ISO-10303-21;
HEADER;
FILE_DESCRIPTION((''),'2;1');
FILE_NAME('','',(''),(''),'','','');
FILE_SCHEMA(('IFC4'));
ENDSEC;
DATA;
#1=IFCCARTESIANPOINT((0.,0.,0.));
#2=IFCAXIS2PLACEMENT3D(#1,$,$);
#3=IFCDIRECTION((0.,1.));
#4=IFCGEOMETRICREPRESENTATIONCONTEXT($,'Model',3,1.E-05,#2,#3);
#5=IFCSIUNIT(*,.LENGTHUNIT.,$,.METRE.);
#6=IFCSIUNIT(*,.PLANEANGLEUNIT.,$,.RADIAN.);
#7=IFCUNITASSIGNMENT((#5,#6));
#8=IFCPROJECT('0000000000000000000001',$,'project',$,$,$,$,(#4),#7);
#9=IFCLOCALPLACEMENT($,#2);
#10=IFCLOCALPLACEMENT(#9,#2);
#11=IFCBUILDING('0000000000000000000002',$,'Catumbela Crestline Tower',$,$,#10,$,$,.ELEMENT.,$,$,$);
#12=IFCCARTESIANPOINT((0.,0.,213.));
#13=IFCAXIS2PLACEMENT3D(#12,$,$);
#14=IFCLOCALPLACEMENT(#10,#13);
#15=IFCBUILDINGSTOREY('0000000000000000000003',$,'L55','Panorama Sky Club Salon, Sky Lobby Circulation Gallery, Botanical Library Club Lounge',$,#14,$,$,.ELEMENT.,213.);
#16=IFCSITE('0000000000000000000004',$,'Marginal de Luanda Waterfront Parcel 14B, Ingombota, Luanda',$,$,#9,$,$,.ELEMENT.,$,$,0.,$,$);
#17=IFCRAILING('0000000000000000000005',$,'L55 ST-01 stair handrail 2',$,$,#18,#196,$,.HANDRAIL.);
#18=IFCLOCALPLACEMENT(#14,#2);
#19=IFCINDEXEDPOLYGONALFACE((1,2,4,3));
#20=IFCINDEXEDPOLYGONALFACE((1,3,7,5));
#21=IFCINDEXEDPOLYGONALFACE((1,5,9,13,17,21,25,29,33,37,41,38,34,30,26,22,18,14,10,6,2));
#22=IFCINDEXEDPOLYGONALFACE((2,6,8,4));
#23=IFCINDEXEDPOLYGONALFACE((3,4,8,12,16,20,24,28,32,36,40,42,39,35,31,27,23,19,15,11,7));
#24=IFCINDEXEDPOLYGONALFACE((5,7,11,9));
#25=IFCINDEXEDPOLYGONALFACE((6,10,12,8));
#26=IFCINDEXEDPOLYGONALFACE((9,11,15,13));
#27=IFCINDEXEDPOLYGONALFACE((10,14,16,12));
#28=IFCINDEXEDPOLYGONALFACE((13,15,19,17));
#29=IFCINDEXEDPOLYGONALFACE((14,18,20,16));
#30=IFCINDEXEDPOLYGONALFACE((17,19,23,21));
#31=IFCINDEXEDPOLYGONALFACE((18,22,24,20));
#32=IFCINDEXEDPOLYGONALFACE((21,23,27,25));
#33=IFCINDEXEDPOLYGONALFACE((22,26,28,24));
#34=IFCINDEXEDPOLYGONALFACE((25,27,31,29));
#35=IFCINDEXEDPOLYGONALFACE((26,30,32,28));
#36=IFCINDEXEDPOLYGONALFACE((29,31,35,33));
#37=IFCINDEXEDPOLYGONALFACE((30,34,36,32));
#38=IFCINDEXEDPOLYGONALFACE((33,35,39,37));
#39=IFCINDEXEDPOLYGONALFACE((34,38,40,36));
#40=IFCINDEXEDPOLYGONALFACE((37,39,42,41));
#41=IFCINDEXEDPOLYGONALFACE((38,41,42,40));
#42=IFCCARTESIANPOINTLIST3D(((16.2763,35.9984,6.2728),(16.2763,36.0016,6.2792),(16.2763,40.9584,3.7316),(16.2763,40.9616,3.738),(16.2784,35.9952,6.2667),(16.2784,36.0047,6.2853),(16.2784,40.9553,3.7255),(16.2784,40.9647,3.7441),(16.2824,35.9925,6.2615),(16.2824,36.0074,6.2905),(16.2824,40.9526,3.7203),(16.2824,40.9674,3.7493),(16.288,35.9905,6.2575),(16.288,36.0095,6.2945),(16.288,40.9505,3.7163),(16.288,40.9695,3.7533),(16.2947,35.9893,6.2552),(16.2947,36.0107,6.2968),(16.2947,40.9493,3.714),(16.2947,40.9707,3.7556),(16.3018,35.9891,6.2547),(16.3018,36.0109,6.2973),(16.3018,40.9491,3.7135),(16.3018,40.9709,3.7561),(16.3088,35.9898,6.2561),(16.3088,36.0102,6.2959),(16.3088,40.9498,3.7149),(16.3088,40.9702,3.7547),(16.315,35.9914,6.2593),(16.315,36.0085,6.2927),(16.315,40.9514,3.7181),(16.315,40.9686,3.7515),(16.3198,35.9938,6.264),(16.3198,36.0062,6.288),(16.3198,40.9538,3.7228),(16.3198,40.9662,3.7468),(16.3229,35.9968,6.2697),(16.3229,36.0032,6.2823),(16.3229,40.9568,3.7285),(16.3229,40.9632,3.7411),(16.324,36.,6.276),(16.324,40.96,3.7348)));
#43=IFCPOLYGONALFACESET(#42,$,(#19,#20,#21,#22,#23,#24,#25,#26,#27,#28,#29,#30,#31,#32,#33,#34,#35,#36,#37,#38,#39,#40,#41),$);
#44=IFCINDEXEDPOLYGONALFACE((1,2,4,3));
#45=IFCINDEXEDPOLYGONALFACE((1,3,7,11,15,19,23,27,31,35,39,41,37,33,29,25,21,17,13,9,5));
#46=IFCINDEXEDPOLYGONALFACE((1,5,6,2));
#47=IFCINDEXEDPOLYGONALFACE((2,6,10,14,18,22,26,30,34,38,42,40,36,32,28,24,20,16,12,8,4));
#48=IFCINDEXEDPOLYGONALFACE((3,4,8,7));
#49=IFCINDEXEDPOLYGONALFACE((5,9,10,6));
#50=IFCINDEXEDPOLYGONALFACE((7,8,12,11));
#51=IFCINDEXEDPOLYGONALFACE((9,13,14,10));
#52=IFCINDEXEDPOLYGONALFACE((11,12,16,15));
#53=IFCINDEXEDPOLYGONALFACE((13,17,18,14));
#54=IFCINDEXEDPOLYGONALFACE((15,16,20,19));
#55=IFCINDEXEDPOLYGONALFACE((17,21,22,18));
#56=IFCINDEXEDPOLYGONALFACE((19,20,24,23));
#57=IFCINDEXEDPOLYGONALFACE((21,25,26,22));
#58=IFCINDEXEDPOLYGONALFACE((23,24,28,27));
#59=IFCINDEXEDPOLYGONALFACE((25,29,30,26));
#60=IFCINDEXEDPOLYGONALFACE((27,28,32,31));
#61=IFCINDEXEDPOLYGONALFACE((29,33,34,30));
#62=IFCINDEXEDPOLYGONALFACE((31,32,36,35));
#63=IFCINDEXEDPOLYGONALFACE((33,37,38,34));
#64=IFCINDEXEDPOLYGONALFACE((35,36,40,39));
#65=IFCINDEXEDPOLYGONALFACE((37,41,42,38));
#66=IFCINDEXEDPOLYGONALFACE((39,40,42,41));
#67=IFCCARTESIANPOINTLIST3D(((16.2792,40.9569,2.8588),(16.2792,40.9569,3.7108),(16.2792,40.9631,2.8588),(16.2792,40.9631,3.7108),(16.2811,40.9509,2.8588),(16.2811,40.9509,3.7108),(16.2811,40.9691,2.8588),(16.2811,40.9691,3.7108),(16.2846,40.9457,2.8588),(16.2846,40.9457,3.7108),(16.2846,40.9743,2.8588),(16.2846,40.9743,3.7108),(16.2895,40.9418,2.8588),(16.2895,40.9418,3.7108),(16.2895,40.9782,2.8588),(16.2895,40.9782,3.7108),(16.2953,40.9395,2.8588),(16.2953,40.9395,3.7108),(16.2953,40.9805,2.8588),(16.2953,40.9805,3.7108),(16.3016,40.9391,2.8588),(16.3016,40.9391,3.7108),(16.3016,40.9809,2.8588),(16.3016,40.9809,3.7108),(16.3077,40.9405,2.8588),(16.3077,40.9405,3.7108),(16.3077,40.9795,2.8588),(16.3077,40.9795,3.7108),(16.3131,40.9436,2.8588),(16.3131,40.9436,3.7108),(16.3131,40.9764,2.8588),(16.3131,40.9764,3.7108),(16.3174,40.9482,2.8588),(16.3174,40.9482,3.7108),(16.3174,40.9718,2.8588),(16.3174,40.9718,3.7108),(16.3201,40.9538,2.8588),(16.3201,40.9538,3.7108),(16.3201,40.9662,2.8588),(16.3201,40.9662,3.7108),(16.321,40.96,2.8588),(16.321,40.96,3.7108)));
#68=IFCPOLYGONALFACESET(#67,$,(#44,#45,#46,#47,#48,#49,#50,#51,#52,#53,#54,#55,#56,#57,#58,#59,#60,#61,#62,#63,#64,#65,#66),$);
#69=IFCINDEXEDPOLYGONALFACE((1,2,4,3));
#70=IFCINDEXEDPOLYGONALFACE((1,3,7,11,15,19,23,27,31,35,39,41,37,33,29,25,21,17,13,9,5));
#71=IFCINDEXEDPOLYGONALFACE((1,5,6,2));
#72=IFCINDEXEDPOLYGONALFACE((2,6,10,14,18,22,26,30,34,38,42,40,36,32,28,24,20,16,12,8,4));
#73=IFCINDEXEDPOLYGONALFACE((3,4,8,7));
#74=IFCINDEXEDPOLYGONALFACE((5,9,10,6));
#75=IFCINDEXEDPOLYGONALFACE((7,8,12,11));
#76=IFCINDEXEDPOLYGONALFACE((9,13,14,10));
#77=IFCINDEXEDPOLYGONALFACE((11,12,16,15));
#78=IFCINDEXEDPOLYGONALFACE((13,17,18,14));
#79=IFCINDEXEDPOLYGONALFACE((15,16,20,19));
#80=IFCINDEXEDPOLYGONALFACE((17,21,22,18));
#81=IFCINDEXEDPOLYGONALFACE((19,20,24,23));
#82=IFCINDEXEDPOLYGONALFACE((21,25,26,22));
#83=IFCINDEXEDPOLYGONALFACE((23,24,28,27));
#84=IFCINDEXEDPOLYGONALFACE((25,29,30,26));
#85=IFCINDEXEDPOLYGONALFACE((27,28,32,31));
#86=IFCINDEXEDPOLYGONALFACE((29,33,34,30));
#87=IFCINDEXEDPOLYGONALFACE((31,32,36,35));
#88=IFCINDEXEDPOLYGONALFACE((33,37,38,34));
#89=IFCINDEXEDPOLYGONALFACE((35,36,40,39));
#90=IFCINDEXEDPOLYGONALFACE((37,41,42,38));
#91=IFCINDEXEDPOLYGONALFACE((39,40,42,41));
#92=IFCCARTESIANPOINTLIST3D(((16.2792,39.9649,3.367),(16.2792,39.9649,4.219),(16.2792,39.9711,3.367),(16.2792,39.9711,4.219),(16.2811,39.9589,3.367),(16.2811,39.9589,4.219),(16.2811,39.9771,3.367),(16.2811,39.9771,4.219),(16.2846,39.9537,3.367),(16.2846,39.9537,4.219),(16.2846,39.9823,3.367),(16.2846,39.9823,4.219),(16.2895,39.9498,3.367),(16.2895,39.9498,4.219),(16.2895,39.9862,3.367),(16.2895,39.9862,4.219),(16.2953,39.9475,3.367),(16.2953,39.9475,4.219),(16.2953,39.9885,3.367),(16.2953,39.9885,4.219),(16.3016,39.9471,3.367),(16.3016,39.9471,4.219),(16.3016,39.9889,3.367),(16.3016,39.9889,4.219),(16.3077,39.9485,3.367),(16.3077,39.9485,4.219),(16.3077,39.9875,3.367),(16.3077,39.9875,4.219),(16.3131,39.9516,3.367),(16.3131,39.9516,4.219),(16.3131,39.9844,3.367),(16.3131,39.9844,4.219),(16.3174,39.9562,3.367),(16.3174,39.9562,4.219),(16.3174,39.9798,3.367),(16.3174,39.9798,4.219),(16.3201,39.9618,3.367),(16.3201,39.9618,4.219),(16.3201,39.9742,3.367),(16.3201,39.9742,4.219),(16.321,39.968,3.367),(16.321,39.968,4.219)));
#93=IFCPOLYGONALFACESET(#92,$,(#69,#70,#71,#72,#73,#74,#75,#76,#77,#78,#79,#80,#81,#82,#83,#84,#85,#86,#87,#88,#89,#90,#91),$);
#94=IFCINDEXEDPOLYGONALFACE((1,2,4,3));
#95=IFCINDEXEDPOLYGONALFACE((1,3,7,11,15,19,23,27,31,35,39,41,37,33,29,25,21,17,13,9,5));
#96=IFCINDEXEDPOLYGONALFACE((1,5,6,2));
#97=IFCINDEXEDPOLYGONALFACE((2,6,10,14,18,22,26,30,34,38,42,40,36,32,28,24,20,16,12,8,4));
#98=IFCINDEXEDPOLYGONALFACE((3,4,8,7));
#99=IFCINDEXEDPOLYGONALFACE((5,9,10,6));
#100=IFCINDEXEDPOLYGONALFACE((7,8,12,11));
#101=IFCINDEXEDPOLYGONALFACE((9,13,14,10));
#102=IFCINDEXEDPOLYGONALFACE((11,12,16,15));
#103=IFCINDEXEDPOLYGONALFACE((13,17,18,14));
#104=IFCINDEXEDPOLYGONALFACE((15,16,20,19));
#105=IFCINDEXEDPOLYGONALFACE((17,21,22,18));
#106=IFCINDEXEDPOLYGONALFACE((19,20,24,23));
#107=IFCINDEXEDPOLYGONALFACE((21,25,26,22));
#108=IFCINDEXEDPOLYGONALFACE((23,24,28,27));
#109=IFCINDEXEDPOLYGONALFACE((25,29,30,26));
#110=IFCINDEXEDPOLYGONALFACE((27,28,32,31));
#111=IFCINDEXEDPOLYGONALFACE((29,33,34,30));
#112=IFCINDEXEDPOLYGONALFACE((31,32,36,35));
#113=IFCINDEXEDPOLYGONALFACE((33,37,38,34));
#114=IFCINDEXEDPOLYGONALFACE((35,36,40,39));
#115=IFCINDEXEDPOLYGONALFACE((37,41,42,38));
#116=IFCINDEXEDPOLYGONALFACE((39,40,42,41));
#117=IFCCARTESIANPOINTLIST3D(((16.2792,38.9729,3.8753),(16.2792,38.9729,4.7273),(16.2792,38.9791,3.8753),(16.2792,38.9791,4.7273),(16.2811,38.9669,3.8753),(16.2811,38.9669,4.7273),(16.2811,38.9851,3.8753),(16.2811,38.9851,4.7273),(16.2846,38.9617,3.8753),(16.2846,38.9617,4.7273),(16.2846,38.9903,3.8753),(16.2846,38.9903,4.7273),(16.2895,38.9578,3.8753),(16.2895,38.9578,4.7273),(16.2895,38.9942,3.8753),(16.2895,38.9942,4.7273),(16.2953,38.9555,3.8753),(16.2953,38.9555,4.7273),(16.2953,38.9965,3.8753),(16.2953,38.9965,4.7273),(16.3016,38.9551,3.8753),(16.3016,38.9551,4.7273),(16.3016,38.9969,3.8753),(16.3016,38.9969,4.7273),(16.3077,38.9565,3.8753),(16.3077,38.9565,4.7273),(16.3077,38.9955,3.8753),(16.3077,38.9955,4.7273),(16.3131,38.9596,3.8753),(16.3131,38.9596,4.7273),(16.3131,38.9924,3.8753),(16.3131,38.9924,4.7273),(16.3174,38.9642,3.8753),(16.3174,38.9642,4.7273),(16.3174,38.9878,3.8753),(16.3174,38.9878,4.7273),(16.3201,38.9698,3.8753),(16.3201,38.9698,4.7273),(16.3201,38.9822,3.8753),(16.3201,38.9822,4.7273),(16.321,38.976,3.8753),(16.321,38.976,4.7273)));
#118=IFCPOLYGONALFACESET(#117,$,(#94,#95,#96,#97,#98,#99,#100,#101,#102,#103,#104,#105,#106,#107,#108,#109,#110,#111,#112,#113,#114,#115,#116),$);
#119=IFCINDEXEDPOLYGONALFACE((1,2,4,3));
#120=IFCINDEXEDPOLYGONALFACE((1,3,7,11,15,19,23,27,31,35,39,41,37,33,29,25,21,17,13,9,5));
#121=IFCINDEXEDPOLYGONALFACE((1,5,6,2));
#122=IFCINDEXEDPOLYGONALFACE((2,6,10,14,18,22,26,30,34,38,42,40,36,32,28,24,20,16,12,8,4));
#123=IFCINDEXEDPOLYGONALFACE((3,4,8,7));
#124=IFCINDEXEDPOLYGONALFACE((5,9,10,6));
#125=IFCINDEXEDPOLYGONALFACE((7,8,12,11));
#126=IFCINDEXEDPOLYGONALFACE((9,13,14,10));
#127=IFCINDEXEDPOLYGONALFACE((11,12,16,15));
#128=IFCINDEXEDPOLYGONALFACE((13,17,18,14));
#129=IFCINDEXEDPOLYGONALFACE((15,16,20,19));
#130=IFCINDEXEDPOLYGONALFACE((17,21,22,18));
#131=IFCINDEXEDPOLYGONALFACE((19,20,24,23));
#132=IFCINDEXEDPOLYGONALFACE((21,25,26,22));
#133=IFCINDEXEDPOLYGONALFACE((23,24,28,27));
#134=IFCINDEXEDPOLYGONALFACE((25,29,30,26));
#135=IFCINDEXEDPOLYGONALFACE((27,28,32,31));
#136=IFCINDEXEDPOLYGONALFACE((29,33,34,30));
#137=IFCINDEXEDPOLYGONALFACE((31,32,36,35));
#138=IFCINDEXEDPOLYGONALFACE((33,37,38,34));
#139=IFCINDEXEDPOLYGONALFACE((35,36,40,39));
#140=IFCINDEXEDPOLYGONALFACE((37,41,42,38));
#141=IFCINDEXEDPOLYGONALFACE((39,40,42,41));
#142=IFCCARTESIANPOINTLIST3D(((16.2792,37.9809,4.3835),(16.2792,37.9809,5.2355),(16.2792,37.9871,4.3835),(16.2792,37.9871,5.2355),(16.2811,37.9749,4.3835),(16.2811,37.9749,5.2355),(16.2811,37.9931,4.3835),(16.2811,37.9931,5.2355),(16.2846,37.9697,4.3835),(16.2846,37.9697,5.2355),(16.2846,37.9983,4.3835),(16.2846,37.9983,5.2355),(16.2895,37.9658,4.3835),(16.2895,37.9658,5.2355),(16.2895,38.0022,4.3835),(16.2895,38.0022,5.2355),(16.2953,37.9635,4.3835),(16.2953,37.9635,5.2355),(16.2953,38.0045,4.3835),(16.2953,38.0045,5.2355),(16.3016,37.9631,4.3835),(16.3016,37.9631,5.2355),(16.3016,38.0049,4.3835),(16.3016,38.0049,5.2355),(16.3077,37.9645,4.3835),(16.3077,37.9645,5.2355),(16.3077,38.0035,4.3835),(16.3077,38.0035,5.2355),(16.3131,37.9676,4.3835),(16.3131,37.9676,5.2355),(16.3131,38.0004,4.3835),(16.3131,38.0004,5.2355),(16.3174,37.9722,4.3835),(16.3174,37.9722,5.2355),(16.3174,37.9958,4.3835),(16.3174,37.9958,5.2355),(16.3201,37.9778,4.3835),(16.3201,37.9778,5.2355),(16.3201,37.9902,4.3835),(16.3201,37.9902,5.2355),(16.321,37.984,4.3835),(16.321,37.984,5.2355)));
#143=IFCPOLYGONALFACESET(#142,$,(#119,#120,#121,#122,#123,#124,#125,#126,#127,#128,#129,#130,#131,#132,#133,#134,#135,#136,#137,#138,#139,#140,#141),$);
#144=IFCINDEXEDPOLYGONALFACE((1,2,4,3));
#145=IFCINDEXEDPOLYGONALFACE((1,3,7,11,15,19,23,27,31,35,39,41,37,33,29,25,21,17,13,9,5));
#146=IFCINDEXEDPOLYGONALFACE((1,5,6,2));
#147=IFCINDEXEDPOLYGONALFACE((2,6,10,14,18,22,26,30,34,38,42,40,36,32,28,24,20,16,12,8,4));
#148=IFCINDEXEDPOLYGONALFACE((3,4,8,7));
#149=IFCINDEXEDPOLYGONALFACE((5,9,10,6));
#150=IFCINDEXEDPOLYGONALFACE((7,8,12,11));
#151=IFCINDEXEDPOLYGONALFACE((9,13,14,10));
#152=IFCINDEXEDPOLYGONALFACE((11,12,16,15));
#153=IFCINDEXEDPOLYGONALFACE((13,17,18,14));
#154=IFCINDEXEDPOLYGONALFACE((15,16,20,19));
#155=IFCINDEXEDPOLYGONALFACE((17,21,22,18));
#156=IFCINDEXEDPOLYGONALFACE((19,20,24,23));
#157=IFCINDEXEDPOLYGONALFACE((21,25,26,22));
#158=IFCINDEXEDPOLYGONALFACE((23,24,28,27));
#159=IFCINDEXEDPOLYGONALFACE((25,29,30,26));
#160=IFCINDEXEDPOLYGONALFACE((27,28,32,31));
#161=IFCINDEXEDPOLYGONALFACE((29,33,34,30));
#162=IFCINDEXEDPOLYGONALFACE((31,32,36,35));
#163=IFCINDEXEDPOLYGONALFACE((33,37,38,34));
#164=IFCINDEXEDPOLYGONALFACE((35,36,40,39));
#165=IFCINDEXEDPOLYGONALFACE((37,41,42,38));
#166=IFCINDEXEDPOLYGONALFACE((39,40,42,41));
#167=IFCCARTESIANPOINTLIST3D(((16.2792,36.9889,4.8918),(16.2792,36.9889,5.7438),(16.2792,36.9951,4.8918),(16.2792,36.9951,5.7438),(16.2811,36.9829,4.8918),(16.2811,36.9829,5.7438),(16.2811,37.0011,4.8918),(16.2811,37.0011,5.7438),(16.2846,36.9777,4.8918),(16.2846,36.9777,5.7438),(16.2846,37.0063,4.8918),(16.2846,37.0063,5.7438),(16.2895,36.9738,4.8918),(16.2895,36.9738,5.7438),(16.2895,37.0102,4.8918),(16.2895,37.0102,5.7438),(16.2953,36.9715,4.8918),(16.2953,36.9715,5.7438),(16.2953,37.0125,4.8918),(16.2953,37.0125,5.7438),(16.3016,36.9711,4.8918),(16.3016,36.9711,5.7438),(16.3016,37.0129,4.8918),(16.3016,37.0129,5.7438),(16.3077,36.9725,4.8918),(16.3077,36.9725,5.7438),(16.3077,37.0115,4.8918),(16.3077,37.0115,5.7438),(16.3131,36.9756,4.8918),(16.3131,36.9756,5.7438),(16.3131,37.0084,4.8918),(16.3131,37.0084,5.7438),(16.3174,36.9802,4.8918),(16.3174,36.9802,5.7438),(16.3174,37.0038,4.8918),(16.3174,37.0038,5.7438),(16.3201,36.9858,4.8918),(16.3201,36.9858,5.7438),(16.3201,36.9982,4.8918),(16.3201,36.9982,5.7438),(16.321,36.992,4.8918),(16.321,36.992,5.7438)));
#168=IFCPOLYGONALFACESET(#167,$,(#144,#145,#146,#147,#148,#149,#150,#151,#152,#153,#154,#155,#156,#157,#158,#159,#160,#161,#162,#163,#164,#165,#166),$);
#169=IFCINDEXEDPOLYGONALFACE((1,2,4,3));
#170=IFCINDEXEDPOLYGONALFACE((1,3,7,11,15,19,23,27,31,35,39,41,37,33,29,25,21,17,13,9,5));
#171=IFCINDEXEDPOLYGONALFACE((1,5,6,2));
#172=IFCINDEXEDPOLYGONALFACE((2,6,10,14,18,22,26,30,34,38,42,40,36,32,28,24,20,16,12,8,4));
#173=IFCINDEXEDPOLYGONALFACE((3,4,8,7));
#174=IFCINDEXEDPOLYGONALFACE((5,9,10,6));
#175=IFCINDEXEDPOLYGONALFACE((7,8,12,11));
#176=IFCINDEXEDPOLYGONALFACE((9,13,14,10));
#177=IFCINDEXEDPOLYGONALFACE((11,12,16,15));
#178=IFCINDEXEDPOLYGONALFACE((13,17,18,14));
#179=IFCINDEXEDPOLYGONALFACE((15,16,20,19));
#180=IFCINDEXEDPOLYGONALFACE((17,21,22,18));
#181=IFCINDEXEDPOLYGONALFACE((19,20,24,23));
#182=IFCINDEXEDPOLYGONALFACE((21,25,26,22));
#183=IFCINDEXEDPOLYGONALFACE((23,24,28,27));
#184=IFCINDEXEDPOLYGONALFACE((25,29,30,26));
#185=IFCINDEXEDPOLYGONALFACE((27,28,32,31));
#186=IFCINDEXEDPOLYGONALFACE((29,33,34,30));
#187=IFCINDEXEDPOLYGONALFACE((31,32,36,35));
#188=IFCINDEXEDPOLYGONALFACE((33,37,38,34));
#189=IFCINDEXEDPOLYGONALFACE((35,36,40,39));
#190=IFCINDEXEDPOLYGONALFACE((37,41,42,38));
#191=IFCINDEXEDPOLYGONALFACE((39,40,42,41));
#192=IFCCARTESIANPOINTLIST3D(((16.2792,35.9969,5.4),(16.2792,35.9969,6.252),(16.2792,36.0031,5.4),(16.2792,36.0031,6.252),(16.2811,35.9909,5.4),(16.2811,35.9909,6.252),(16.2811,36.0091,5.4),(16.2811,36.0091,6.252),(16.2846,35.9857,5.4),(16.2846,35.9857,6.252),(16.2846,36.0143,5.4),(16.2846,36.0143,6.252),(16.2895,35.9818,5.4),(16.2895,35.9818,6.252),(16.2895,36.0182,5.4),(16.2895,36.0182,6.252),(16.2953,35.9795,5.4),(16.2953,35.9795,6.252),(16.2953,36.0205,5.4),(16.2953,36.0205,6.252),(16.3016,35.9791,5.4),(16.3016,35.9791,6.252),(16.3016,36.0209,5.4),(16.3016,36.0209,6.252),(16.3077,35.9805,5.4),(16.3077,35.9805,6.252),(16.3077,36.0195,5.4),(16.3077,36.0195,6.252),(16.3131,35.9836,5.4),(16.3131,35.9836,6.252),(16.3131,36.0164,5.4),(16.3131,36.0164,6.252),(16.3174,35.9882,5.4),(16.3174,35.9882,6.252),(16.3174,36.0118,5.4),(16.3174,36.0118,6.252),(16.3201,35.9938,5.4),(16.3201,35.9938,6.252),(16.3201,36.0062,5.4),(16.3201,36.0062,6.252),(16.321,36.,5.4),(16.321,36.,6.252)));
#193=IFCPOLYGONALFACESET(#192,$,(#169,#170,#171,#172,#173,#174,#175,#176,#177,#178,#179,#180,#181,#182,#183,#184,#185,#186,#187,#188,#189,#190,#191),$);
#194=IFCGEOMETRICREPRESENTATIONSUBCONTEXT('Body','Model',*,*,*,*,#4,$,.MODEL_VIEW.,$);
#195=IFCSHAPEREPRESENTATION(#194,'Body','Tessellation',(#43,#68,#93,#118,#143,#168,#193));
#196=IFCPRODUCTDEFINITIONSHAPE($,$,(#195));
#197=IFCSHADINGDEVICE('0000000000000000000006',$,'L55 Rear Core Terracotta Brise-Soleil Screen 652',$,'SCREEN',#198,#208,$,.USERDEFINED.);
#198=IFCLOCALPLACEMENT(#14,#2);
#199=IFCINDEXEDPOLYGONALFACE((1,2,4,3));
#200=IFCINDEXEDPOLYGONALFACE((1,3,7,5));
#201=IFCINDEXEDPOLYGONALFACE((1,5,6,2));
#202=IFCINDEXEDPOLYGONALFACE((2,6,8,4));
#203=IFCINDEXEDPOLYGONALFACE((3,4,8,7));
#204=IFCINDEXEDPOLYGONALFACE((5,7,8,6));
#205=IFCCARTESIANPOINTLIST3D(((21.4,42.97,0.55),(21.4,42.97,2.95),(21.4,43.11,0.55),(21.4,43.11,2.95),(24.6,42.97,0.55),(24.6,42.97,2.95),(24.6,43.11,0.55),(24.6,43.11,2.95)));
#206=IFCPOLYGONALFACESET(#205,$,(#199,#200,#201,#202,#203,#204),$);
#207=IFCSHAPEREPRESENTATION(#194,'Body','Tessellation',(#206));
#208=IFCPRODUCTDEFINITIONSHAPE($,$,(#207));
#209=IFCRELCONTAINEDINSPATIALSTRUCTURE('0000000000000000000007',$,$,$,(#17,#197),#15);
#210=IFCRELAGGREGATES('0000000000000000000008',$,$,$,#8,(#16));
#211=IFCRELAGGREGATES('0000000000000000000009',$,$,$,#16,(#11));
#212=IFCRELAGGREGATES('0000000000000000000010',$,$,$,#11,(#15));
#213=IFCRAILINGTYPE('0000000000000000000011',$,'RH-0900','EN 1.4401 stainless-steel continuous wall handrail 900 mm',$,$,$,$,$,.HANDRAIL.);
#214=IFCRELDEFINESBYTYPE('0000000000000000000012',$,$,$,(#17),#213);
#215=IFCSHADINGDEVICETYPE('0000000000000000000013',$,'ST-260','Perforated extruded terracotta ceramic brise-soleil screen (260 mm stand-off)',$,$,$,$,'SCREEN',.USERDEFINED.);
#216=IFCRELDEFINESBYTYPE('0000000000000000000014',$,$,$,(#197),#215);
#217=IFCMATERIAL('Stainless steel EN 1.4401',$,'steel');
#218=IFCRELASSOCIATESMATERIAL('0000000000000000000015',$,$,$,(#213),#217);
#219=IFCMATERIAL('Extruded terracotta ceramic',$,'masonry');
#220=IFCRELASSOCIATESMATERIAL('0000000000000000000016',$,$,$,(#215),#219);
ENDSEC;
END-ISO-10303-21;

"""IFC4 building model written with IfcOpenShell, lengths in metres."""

from ifc_helpers import new_model, si_unit, direction, frame, origin, origin_2d, place, context, subcontext, project, spatial, rectangle, circle, extrude, material, type_object, element, save


model = new_model("IFC4")

# Units and contexts
model_context = context("Model", 3, precision=1e-05, world=origin(), true_north=direction((0.0, 1.0)))
body_context = subcontext(model_context, "Body", "Model", "MODEL_VIEW")
ifc_project = project(units=[si_unit("LENGTHUNIT", "METRE"), si_unit("PLANEANGLEUNIT", "RADIAN")], contexts=[model_context])

# Site, building, storey
site_placement = place(None, origin())
site = spatial("IfcSite", under=ifc_project, at=site_placement, Name="Marginal de Luanda Waterfront Parcel 14B, Ingombota, Luanda", CompositionType="ELEMENT", RefElevation=0.0)
building_placement = place(site_placement, origin())
building = spatial("IfcBuilding", under=site, at=building_placement, Name="Catumbela Crestline Tower", CompositionType="ELEMENT")
storey_placement = place(building_placement, frame((0.0, 0.0, 213.0)))
storey = spatial("IfcBuildingStorey", under=building, at=storey_placement, Name="L55", Description="Panorama Sky Club Salon, Sky Lobby Circulation Gallery, Botanical Library Club Lounge", CompositionType="ELEMENT", Elevation=213.0)

# Shared definitions
ifc_material_1 = material(Name="Stainless steel EN 1.4401", Category="steel")

# Railing
railing_type_1 = type_object("IfcRailingType", Name="RH-0900", Description="EN 1.4401 stainless-steel continuous wall handrail 900 mm", PredefinedType="HANDRAIL", material=ifc_material_1)
railing_1_placement = place(storey_placement, frame((16.3, 40.96, 2.8588)))
element("IfcRailing", 1, at=railing_1_placement, inside=storey, type_object=railing_type_1, Name="L55 ST-01 stair handrail 2", PredefinedType="HANDRAIL", context=body_context, shape_type="SweptSolid", body=[
    extrude(circle(Radius=0.024, at=origin_2d()), frame((0.0, 0.0, 0.876), z_axis=(0.0, -0.889992, 0.455977), x_axis=(1.0, 0.0, 0.0)), (0.0, 0.0, 1.0), 5.5731),
    extrude(circle(Radius=0.021, at=origin_2d()), origin(), (0.0, 0.0, 1.0), 0.852),
    extrude(circle(Radius=0.021, at=origin_2d()), frame((0.0, -0.992, 0.5082)), (0.0, 0.0, 1.0), 0.852),
    extrude(circle(Radius=0.021, at=origin_2d()), frame((0.0, -1.984, 1.0165)), (0.0, 0.0, 1.0), 0.852),
    extrude(circle(Radius=0.021, at=origin_2d()), frame((0.0, -2.976, 1.5247)), (0.0, 0.0, 1.0), 0.852),
    extrude(circle(Radius=0.021, at=origin_2d()), frame((0.0, -3.968, 2.033)), (0.0, 0.0, 1.0), 0.852),
    extrude(circle(Radius=0.021, at=origin_2d()), frame((0.0, -4.96, 2.5412)), (0.0, 0.0, 1.0), 0.852),
])

# Shading device
ifc_material_2 = material(Name="Extruded terracotta ceramic", Category="masonry")
shading_device_type_1 = type_object("IfcShadingDeviceType", Name="ST-260", Description="Perforated extruded terracotta ceramic brise-soleil screen (260 mm stand-off)", ElementType="SCREEN", PredefinedType="USERDEFINED", material=ifc_material_2)
shading_device_1_placement = place(storey_placement, frame((23.0, 43.04, 0.55), z_axis=(0.0, 0.0, 1.0), x_axis=(1.0, 0.0, 0.0)))
element("IfcShadingDevice", 2, at=shading_device_1_placement, inside=storey, type_object=shading_device_type_1, Name="L55 Rear Core Terracotta Brise-Soleil Screen 652", ObjectType="SCREEN", PredefinedType="USERDEFINED", context=body_context, shape_type="SweptSolid", body=[
    extrude(rectangle(XDim=3.2, YDim=0.14, at=origin_2d()), origin(), (0.0, 0.0, 1.0), 2.4),
])

save(model, "model.ifc")
